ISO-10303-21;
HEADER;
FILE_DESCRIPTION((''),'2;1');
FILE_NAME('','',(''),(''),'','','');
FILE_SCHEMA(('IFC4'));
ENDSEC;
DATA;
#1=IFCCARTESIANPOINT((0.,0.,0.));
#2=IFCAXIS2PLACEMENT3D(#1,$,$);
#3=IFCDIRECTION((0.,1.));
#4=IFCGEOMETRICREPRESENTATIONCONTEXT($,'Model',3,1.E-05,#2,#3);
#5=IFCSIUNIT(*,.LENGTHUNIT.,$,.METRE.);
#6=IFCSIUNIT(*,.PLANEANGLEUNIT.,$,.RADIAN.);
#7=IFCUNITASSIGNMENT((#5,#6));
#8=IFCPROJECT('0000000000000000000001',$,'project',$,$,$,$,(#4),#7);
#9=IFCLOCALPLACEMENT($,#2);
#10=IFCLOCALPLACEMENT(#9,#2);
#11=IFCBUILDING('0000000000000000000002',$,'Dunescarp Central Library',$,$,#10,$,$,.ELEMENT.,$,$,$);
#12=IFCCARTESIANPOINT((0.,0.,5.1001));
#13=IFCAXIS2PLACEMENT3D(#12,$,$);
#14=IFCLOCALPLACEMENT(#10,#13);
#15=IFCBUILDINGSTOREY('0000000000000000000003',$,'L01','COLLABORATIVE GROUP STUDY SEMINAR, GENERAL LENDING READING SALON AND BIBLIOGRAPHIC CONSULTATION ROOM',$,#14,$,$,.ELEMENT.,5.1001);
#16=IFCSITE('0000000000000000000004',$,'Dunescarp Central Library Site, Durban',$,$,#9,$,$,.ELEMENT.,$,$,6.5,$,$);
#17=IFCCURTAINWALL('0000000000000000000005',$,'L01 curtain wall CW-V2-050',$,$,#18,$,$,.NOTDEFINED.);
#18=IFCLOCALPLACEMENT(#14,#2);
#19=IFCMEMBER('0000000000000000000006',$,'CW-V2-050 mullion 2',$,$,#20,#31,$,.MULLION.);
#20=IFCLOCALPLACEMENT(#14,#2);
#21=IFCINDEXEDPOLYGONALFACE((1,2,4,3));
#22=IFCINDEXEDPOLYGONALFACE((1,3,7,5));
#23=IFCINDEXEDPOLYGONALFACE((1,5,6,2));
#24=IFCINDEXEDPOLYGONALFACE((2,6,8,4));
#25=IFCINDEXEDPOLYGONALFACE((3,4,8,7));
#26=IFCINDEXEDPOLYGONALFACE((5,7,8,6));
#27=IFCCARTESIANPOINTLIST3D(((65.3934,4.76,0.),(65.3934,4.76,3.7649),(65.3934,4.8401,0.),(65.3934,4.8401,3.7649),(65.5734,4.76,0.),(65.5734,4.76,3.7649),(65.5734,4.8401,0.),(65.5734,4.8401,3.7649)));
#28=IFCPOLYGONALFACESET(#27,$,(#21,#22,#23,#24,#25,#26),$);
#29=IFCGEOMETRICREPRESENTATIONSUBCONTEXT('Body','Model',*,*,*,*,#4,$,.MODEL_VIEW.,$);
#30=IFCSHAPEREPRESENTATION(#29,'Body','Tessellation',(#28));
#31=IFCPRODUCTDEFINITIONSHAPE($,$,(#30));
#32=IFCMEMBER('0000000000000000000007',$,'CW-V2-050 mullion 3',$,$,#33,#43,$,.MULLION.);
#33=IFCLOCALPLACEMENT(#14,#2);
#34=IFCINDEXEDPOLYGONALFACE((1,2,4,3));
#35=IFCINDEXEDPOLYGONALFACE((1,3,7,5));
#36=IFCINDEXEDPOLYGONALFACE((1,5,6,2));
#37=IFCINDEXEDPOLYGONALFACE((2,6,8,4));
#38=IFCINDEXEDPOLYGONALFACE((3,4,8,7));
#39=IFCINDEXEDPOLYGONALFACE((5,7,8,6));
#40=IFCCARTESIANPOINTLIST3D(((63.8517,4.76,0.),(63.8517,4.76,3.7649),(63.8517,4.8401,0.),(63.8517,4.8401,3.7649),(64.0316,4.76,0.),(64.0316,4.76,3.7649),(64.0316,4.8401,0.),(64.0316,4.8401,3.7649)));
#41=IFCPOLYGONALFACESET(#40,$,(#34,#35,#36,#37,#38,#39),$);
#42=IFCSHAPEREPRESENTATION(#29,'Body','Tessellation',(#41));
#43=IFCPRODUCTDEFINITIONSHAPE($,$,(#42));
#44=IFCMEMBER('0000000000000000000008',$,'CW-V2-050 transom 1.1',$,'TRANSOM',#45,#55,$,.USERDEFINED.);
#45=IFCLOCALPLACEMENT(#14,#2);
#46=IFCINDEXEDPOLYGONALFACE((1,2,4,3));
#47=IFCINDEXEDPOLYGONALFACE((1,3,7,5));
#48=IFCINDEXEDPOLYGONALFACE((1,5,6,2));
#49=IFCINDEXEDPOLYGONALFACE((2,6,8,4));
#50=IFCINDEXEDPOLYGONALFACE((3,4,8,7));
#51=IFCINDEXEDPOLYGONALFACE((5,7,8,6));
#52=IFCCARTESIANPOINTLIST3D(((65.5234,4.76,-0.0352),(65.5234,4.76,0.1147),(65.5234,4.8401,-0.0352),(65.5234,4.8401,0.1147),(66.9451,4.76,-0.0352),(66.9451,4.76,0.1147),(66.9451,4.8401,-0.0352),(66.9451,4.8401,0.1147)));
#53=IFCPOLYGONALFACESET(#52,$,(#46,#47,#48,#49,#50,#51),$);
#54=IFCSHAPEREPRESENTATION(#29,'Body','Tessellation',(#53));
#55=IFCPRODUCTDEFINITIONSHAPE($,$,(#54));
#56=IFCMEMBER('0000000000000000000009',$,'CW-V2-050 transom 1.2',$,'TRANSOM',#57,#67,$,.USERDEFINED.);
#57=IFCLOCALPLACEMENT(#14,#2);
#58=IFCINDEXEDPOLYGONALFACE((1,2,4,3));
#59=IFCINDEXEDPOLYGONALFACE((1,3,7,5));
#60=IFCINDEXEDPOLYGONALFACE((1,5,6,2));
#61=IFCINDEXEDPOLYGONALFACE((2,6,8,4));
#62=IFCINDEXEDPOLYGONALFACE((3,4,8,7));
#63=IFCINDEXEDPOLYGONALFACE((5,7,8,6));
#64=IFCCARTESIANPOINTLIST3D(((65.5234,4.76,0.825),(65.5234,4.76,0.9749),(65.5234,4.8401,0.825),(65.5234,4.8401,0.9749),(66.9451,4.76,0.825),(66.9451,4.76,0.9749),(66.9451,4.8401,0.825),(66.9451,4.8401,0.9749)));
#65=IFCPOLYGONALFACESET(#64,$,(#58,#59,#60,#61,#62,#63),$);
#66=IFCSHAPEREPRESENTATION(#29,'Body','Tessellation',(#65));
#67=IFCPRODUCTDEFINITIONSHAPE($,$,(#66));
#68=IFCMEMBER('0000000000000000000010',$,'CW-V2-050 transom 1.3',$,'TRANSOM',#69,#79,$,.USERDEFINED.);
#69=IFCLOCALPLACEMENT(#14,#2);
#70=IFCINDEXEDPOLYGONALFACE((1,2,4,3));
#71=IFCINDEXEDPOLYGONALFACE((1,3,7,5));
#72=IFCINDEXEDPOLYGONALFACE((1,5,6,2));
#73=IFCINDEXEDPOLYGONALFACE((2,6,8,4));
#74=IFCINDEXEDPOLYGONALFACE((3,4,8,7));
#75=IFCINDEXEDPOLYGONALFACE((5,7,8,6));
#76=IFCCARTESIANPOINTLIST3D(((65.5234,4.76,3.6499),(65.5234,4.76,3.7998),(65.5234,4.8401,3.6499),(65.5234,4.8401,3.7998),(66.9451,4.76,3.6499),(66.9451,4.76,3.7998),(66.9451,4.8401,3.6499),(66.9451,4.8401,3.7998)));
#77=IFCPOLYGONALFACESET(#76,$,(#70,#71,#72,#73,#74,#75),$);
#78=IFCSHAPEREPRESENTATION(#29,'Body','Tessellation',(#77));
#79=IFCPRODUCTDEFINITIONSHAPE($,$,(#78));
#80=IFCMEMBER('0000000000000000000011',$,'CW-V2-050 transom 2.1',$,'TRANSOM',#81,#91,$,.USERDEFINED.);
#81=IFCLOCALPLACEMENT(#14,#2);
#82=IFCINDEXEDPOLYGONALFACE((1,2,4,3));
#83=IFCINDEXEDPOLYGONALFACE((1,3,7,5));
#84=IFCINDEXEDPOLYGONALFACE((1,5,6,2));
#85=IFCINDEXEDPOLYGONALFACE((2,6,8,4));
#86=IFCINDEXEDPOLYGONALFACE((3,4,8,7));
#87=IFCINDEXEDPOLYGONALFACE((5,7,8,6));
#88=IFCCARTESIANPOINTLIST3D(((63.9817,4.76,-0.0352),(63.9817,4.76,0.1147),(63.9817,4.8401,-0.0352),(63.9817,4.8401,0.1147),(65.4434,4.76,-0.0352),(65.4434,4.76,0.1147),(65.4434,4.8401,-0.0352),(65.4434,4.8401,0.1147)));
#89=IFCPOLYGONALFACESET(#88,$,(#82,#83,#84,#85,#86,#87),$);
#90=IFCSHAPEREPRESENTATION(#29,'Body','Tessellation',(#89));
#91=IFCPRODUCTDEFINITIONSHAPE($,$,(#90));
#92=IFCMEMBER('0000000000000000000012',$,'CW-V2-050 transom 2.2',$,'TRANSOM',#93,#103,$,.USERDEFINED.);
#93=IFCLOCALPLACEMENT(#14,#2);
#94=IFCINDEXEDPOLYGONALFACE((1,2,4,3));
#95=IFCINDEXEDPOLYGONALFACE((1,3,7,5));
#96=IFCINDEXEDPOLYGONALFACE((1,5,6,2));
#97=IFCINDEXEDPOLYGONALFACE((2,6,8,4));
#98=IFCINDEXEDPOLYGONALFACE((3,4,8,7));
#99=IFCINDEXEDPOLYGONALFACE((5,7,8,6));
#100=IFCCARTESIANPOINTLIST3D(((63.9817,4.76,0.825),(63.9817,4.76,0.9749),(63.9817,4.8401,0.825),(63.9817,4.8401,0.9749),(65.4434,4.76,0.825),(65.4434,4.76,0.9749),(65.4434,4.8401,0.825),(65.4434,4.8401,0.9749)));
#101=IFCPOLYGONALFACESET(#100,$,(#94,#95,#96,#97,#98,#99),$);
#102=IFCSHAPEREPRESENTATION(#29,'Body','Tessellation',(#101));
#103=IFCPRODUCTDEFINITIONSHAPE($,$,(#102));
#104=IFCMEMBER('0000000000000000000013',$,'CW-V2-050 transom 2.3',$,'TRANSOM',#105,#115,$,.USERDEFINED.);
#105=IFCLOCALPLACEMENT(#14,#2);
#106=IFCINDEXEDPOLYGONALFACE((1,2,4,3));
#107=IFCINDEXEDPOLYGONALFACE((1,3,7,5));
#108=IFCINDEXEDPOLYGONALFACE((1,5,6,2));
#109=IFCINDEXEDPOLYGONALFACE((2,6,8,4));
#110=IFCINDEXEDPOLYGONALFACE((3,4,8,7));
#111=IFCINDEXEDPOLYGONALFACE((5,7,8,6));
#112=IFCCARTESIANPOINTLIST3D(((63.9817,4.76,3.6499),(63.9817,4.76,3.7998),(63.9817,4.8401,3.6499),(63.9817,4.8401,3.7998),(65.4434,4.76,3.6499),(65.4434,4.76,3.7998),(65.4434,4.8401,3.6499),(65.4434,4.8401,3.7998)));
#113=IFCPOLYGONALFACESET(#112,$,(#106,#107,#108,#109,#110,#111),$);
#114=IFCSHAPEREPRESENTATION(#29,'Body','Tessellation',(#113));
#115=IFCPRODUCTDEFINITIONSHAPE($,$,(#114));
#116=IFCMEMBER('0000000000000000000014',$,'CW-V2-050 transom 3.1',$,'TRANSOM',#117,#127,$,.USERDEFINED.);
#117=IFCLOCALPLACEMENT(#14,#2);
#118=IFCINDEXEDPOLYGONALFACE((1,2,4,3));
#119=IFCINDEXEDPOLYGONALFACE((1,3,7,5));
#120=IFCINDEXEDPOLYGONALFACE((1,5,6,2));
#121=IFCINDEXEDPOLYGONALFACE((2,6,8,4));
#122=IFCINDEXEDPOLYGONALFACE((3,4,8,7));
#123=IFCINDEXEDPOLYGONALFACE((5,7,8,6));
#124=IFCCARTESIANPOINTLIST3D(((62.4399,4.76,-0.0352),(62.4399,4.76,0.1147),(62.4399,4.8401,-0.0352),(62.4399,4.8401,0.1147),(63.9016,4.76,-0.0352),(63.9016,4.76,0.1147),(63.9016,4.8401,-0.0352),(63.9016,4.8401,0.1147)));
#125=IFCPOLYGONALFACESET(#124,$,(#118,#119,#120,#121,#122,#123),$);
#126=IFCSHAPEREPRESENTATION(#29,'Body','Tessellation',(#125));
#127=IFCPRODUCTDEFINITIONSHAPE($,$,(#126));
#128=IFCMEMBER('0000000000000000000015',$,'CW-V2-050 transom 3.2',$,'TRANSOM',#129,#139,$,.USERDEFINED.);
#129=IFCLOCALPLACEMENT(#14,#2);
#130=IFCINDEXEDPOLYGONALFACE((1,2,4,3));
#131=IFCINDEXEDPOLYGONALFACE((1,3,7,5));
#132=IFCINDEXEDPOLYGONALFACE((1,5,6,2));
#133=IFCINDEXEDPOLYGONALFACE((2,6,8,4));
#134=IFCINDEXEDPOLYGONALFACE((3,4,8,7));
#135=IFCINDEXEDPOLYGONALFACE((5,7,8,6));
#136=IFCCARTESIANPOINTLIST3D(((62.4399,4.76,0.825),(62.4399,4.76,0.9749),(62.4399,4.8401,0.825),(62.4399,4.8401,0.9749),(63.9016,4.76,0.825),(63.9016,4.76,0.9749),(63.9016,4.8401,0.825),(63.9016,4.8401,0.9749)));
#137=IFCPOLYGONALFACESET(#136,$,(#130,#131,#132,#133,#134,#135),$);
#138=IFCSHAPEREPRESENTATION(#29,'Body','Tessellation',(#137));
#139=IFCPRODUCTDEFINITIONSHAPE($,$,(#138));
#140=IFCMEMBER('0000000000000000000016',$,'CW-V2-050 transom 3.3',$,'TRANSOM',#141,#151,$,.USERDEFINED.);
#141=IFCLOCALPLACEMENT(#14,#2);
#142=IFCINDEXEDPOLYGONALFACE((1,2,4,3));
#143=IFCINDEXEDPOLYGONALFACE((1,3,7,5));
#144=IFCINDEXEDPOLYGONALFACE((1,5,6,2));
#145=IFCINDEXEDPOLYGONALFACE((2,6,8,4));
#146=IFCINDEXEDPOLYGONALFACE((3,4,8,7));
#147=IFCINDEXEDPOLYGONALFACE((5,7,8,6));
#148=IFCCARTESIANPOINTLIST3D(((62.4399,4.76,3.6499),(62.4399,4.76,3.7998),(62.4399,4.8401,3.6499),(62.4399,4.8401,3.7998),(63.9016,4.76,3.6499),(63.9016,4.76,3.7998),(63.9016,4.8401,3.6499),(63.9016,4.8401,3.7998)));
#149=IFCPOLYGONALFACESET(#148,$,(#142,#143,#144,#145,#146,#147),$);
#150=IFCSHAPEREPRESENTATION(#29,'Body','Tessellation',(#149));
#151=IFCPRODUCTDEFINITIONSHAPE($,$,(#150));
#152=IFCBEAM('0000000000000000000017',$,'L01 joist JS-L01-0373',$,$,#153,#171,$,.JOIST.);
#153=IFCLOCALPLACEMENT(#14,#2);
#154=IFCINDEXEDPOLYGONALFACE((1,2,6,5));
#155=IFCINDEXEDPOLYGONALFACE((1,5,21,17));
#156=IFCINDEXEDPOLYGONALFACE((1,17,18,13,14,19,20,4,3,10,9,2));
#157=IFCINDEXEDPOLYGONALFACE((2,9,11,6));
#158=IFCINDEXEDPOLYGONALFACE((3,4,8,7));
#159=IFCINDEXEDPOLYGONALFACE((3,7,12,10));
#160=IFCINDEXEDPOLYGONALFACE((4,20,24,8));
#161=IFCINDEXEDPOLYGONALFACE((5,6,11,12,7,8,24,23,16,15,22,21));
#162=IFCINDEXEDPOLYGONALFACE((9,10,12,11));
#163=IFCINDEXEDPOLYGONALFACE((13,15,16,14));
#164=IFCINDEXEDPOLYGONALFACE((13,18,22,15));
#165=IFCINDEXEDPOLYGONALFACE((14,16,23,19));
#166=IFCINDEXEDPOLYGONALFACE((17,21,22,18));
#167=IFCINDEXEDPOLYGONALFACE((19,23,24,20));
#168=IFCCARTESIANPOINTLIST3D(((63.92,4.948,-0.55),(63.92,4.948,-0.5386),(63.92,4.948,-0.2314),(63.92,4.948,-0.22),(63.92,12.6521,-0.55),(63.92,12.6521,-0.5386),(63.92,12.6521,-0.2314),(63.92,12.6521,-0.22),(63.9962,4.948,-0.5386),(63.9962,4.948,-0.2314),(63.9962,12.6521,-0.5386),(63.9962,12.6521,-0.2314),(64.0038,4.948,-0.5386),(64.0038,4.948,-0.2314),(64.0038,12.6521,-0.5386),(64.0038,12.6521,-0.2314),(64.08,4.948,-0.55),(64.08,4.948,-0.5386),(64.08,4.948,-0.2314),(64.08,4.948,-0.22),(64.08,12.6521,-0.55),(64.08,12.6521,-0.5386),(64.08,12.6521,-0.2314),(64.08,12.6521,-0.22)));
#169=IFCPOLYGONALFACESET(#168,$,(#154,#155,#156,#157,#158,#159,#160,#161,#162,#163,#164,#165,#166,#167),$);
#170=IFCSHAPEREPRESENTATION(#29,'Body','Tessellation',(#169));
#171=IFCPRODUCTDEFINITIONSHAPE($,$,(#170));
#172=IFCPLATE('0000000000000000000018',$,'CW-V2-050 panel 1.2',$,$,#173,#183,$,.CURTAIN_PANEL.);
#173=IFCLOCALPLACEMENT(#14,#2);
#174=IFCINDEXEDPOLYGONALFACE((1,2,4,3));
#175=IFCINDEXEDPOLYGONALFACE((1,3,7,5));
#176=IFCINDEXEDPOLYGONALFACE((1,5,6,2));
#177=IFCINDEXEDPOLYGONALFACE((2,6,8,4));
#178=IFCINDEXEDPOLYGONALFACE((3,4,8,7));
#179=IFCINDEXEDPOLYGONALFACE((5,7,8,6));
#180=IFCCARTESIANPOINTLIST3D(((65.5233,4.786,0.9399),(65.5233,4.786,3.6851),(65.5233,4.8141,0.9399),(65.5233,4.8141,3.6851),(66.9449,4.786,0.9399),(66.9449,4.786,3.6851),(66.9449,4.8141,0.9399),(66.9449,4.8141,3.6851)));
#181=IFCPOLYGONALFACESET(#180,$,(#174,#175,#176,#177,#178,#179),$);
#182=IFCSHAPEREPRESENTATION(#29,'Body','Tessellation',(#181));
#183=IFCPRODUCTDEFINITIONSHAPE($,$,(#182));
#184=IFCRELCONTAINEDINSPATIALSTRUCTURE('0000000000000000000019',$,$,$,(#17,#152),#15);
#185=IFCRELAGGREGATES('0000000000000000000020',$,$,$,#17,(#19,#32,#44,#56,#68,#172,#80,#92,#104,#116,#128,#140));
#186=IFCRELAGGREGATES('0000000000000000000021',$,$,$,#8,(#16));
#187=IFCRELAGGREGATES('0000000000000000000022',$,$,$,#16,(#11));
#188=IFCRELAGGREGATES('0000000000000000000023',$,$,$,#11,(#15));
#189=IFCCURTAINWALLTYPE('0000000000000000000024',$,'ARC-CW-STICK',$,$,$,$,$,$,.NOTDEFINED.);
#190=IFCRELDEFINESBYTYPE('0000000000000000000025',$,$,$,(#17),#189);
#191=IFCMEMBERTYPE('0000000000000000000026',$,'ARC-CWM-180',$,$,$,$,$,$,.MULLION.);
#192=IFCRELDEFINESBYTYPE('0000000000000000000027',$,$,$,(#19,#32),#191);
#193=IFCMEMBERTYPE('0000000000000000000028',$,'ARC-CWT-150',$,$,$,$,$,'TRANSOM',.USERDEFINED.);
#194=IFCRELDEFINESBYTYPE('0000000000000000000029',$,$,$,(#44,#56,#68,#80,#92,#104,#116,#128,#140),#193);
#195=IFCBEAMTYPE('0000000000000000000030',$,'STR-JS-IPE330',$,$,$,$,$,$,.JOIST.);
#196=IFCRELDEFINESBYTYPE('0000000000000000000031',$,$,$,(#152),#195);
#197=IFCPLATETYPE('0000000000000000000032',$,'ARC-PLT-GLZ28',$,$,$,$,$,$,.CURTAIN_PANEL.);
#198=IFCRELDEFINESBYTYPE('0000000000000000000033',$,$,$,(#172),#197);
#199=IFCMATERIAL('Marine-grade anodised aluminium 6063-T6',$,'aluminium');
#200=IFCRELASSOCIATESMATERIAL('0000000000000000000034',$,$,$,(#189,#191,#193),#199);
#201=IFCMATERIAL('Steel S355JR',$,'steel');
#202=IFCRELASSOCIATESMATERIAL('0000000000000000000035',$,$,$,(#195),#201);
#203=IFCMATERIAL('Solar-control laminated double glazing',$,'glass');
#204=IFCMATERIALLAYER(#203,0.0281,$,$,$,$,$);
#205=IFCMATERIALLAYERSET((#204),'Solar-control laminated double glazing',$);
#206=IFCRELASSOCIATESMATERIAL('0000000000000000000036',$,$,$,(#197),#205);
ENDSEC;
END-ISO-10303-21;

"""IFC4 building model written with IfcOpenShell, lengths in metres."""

from ifc_helpers import new_model, si_unit, direction, frame, origin, origin_2d, place, context, subcontext, project, spatial, rectangle, i_section, extrude, material, layer, layer_set, material_profile, profile_set, type_object, element, aggregate, save


model = new_model("IFC4")

# Units and contexts
model_context = context("Model", 3, precision=1e-05, world=origin(), true_north=direction((0.0, 1.0)))
body_context = subcontext(model_context, "Body", "Model", "MODEL_VIEW")
ifc_project = project(units=[si_unit("LENGTHUNIT", "METRE"), si_unit("PLANEANGLEUNIT", "RADIAN")], contexts=[model_context])

# Site, building, storey
site_placement = place(None, origin())
site = spatial("IfcSite", under=ifc_project, at=site_placement, Name="Dunescarp Central Library Site, Durban", CompositionType="ELEMENT", RefElevation=6.5)
building_placement = place(site_placement, origin())
building = spatial("IfcBuilding", under=site, at=building_placement, Name="Dunescarp Central Library", CompositionType="ELEMENT")
storey_placement = place(building_placement, frame((0.0, 0.0, 5.1001)))
storey = spatial("IfcBuildingStorey", under=building, at=storey_placement, Name="L01", Description="COLLABORATIVE GROUP STUDY SEMINAR, GENERAL LENDING READING SALON AND BIBLIOGRAPHIC CONSULTATION ROOM", CompositionType="ELEMENT", Elevation=5.1001)

# Curtain wall, members
ifc_material_1 = material(Name="Marine-grade anodised aluminium 6063-T6", Category="aluminium")
curtain_wall_type = type_object("IfcCurtainWallType", Name="ARC-CW-STICK", PredefinedType="NOTDEFINED", material=ifc_material_1)
curtain_wall_placement = place(storey_placement, origin())
curtain_wall = element("IfcCurtainWall", 1, at=curtain_wall_placement, inside=storey, type_object=curtain_wall_type, Name="L01 curtain wall CW-V2-050", PredefinedType="NOTDEFINED")
ifc_material_profile_1 = material_profile(ifc_material_1, rectangle(XDim=0.0801, YDim=0.1799, at=origin_2d()), Name="AL 80x180")
ifc_profile_set_1 = profile_set([ifc_material_profile_1], Name="Marine-grade anodised aluminium 6063-T6")
member_type_1 = type_object("IfcMemberType", Name="ARC-CWM-180", PredefinedType="MULLION", material=ifc_profile_set_1)
member_1_placement = place(storey_placement, frame((65.4834, 4.8, 0.0), z_axis=(0.0, 0.0, 1.0), x_axis=(0.0, -1.0, 0.0)))
member_1 = element("IfcMember", 2, at=member_1_placement, type_object=member_type_1, Name="CW-V2-050 mullion 2", PredefinedType="MULLION", context=body_context, shape_type="SweptSolid", body=[
    extrude(rectangle(XDim=0.0801, YDim=0.1799, at=origin_2d()), origin(), (0.0, 0.0, 1.0), 3.7649),
])
member_2_placement = place(storey_placement, frame((63.9417, 4.8, 0.0), z_axis=(0.0, 0.0, 1.0), x_axis=(0.0, -1.0, 0.0)))
member_2 = element("IfcMember", 3, at=member_2_placement, type_object=member_type_1, Name="CW-V2-050 mullion 3", PredefinedType="MULLION", context=body_context, shape_type="SweptSolid", body=[
    extrude(rectangle(XDim=0.0801, YDim=0.1799, at=origin_2d()), origin(), (0.0, 0.0, 1.0), 3.7649),
])
ifc_material_profile_2 = material_profile(ifc_material_1, rectangle(XDim=0.0801, YDim=0.1499, at=origin_2d()), Name="AL 80x150")
ifc_profile_set_2 = profile_set([ifc_material_profile_2], Name="Marine-grade anodised aluminium 6063-T6")
member_type_2 = type_object("IfcMemberType", Name="ARC-CWT-150", ElementType="TRANSOM", PredefinedType="USERDEFINED", material=ifc_profile_set_2)
member_3_placement = place(storey_placement, frame((66.9451, 4.8, 0.0398), z_axis=(-1.0, 0.0, 0.0), x_axis=(0.0, -1.0, 0.0)))
member_3 = element("IfcMember", 4, at=member_3_placement, type_object=member_type_2, Name="CW-V2-050 transom 1.1", ObjectType="TRANSOM", PredefinedType="USERDEFINED", context=body_context, shape_type="SweptSolid", body=[
    extrude(rectangle(XDim=0.0801, YDim=0.1499, at=origin_2d()), origin(), (0.0, 0.0, 1.0), 1.4216),
])
member_4_placement = place(storey_placement, frame((66.9451, 4.8, 0.8999), z_axis=(-1.0, 0.0, 0.0), x_axis=(0.0, -1.0, 0.0)))
member_4 = element("IfcMember", 5, at=member_4_placement, type_object=member_type_2, Name="CW-V2-050 transom 1.2", ObjectType="TRANSOM", PredefinedType="USERDEFINED", context=body_context, shape_type="SweptSolid", body=[
    extrude(rectangle(XDim=0.0801, YDim=0.1499, at=origin_2d()), origin(), (0.0, 0.0, 1.0), 1.4216),
])
member_5_placement = place(storey_placement, frame((66.9451, 4.8, 3.7249), z_axis=(-1.0, 0.0, 0.0), x_axis=(0.0, -1.0, 0.0)))
member_5 = element("IfcMember", 6, at=member_5_placement, type_object=member_type_2, Name="CW-V2-050 transom 1.3", ObjectType="TRANSOM", PredefinedType="USERDEFINED", context=body_context, shape_type="SweptSolid", body=[
    extrude(rectangle(XDim=0.0801, YDim=0.1499, at=origin_2d()), origin(), (0.0, 0.0, 1.0), 1.4216),
])
member_6_placement = place(storey_placement, frame((65.4434, 4.8, 0.0398), z_axis=(-1.0, 0.0, 0.0), x_axis=(0.0, -1.0, 0.0)))
member_6 = element("IfcMember", 7, at=member_6_placement, type_object=member_type_2, Name="CW-V2-050 transom 2.1", ObjectType="TRANSOM", PredefinedType="USERDEFINED", context=body_context, shape_type="SweptSolid", body=[
    extrude(rectangle(XDim=0.0801, YDim=0.1499, at=origin_2d()), origin(), (0.0, 0.0, 1.0), 1.4617),
])
member_7_placement = place(storey_placement, frame((65.4434, 4.8, 0.8999), z_axis=(-1.0, 0.0, 0.0), x_axis=(0.0, -1.0, 0.0)))
member_7 = element("IfcMember", 8, at=member_7_placement, type_object=member_type_2, Name="CW-V2-050 transom 2.2", ObjectType="TRANSOM", PredefinedType="USERDEFINED", context=body_context, shape_type="SweptSolid", body=[
    extrude(rectangle(XDim=0.0801, YDim=0.1499, at=origin_2d()), origin(), (0.0, 0.0, 1.0), 1.4617),
])
member_8_placement = place(storey_placement, frame((65.4434, 4.8, 3.7249), z_axis=(-1.0, 0.0, 0.0), x_axis=(0.0, -1.0, 0.0)))
member_8 = element("IfcMember", 9, at=member_8_placement, type_object=member_type_2, Name="CW-V2-050 transom 2.3", ObjectType="TRANSOM", PredefinedType="USERDEFINED", context=body_context, shape_type="SweptSolid", body=[
    extrude(rectangle(XDim=0.0801, YDim=0.1499, at=origin_2d()), origin(), (0.0, 0.0, 1.0), 1.4617),
])
member_9_placement = place(storey_placement, frame((63.9016, 4.8, 0.0398), z_axis=(-1.0, 0.0, 0.0), x_axis=(0.0, -1.0, 0.0)))
member_9 = element("IfcMember", 10, at=member_9_placement, type_object=member_type_2, Name="CW-V2-050 transom 3.1", ObjectType="TRANSOM", PredefinedType="USERDEFINED", context=body_context, shape_type="SweptSolid", body=[
    extrude(rectangle(XDim=0.0801, YDim=0.1499, at=origin_2d()), origin(), (0.0, 0.0, 1.0), 1.4617),
])
member_10_placement = place(storey_placement, frame((63.9016, 4.8, 0.8999), z_axis=(-1.0, 0.0, 0.0), x_axis=(0.0, -1.0, 0.0)))
member_10 = element("IfcMember", 11, at=member_10_placement, type_object=member_type_2, Name="CW-V2-050 transom 3.2", ObjectType="TRANSOM", PredefinedType="USERDEFINED", context=body_context, shape_type="SweptSolid", body=[
    extrude(rectangle(XDim=0.0801, YDim=0.1499, at=origin_2d()), origin(), (0.0, 0.0, 1.0), 1.4617),
])
member_11_placement = place(storey_placement, frame((63.9016, 4.8, 3.7249), z_axis=(-1.0, 0.0, 0.0), x_axis=(0.0, -1.0, 0.0)))
member_11 = element("IfcMember", 12, at=member_11_placement, type_object=member_type_2, Name="CW-V2-050 transom 3.3", ObjectType="TRANSOM", PredefinedType="USERDEFINED", context=body_context, shape_type="SweptSolid", body=[
    extrude(rectangle(XDim=0.0801, YDim=0.1499, at=origin_2d()), origin(), (0.0, 0.0, 1.0), 1.4617),
])

# Beam
ifc_material_2 = material(Name="Steel S355JR", Category="steel")
ifc_material_profile_3 = material_profile(ifc_material_2, i_section(OverallWidth=0.1599, OverallDepth=0.3301, WebThickness=0.0076, FlangeThickness=0.0115, at=origin_2d()), Name="IPE 330")
ifc_profile_set_3 = profile_set([ifc_material_profile_3], Name="Steel S355JR")
beam_type = type_object("IfcBeamType", Name="STR-JS-IPE330", PredefinedType="JOIST", material=ifc_profile_set_3)
beam_placement = place(storey_placement, frame((64.0, 4.948, -0.385), z_axis=(0.0, 1.0, 0.0), x_axis=(-1.0, 0.0, 0.0)))
element("IfcBeam", 13, at=beam_placement, inside=storey, type_object=beam_type, Name="L01 joist JS-L01-0373", PredefinedType="JOIST", context=body_context, shape_type="SweptSolid", body=[
    extrude(i_section(OverallWidth=0.1599, OverallDepth=0.3301, WebThickness=0.0076, FlangeThickness=0.0115, at=origin_2d()), origin(), (0.0, 0.0, 1.0), 7.7041),
])

# Plate
ifc_material_3 = material(Name="Solar-control laminated double glazing", Category="glass")
ifc_layer_1 = layer(ifc_material_3, 0.0281)
ifc_layer_set_1 = layer_set([ifc_layer_1], Name="Solar-control laminated double glazing")
plate_type_1 = type_object("IfcPlateType", Name="ARC-PLT-GLZ28", PredefinedType="CURTAIN_PANEL", material=ifc_layer_set_1)
plate_1_placement = place(storey_placement, frame((66.2341, 4.8, 0.9399), z_axis=(0.0, 0.0, 1.0), x_axis=(-1.0, 0.0, 0.0)))
plate_1 = element("IfcPlate", 14, at=plate_1_placement, type_object=plate_type_1, Name="CW-V2-050 panel 1.2", PredefinedType="CURTAIN_PANEL", context=body_context, shape_type="SweptSolid", body=[
    extrude(rectangle(XDim=1.4216, YDim=0.0281, at=origin_2d()), origin(), (0.0, 0.0, 1.0), 2.7451),
])
aggregate(curtain_wall, [member_1, member_2, member_3, member_4, member_5, plate_1, member_6, member_7, member_8, member_9, member_10, member_11])

save(model, "model.ifc")
